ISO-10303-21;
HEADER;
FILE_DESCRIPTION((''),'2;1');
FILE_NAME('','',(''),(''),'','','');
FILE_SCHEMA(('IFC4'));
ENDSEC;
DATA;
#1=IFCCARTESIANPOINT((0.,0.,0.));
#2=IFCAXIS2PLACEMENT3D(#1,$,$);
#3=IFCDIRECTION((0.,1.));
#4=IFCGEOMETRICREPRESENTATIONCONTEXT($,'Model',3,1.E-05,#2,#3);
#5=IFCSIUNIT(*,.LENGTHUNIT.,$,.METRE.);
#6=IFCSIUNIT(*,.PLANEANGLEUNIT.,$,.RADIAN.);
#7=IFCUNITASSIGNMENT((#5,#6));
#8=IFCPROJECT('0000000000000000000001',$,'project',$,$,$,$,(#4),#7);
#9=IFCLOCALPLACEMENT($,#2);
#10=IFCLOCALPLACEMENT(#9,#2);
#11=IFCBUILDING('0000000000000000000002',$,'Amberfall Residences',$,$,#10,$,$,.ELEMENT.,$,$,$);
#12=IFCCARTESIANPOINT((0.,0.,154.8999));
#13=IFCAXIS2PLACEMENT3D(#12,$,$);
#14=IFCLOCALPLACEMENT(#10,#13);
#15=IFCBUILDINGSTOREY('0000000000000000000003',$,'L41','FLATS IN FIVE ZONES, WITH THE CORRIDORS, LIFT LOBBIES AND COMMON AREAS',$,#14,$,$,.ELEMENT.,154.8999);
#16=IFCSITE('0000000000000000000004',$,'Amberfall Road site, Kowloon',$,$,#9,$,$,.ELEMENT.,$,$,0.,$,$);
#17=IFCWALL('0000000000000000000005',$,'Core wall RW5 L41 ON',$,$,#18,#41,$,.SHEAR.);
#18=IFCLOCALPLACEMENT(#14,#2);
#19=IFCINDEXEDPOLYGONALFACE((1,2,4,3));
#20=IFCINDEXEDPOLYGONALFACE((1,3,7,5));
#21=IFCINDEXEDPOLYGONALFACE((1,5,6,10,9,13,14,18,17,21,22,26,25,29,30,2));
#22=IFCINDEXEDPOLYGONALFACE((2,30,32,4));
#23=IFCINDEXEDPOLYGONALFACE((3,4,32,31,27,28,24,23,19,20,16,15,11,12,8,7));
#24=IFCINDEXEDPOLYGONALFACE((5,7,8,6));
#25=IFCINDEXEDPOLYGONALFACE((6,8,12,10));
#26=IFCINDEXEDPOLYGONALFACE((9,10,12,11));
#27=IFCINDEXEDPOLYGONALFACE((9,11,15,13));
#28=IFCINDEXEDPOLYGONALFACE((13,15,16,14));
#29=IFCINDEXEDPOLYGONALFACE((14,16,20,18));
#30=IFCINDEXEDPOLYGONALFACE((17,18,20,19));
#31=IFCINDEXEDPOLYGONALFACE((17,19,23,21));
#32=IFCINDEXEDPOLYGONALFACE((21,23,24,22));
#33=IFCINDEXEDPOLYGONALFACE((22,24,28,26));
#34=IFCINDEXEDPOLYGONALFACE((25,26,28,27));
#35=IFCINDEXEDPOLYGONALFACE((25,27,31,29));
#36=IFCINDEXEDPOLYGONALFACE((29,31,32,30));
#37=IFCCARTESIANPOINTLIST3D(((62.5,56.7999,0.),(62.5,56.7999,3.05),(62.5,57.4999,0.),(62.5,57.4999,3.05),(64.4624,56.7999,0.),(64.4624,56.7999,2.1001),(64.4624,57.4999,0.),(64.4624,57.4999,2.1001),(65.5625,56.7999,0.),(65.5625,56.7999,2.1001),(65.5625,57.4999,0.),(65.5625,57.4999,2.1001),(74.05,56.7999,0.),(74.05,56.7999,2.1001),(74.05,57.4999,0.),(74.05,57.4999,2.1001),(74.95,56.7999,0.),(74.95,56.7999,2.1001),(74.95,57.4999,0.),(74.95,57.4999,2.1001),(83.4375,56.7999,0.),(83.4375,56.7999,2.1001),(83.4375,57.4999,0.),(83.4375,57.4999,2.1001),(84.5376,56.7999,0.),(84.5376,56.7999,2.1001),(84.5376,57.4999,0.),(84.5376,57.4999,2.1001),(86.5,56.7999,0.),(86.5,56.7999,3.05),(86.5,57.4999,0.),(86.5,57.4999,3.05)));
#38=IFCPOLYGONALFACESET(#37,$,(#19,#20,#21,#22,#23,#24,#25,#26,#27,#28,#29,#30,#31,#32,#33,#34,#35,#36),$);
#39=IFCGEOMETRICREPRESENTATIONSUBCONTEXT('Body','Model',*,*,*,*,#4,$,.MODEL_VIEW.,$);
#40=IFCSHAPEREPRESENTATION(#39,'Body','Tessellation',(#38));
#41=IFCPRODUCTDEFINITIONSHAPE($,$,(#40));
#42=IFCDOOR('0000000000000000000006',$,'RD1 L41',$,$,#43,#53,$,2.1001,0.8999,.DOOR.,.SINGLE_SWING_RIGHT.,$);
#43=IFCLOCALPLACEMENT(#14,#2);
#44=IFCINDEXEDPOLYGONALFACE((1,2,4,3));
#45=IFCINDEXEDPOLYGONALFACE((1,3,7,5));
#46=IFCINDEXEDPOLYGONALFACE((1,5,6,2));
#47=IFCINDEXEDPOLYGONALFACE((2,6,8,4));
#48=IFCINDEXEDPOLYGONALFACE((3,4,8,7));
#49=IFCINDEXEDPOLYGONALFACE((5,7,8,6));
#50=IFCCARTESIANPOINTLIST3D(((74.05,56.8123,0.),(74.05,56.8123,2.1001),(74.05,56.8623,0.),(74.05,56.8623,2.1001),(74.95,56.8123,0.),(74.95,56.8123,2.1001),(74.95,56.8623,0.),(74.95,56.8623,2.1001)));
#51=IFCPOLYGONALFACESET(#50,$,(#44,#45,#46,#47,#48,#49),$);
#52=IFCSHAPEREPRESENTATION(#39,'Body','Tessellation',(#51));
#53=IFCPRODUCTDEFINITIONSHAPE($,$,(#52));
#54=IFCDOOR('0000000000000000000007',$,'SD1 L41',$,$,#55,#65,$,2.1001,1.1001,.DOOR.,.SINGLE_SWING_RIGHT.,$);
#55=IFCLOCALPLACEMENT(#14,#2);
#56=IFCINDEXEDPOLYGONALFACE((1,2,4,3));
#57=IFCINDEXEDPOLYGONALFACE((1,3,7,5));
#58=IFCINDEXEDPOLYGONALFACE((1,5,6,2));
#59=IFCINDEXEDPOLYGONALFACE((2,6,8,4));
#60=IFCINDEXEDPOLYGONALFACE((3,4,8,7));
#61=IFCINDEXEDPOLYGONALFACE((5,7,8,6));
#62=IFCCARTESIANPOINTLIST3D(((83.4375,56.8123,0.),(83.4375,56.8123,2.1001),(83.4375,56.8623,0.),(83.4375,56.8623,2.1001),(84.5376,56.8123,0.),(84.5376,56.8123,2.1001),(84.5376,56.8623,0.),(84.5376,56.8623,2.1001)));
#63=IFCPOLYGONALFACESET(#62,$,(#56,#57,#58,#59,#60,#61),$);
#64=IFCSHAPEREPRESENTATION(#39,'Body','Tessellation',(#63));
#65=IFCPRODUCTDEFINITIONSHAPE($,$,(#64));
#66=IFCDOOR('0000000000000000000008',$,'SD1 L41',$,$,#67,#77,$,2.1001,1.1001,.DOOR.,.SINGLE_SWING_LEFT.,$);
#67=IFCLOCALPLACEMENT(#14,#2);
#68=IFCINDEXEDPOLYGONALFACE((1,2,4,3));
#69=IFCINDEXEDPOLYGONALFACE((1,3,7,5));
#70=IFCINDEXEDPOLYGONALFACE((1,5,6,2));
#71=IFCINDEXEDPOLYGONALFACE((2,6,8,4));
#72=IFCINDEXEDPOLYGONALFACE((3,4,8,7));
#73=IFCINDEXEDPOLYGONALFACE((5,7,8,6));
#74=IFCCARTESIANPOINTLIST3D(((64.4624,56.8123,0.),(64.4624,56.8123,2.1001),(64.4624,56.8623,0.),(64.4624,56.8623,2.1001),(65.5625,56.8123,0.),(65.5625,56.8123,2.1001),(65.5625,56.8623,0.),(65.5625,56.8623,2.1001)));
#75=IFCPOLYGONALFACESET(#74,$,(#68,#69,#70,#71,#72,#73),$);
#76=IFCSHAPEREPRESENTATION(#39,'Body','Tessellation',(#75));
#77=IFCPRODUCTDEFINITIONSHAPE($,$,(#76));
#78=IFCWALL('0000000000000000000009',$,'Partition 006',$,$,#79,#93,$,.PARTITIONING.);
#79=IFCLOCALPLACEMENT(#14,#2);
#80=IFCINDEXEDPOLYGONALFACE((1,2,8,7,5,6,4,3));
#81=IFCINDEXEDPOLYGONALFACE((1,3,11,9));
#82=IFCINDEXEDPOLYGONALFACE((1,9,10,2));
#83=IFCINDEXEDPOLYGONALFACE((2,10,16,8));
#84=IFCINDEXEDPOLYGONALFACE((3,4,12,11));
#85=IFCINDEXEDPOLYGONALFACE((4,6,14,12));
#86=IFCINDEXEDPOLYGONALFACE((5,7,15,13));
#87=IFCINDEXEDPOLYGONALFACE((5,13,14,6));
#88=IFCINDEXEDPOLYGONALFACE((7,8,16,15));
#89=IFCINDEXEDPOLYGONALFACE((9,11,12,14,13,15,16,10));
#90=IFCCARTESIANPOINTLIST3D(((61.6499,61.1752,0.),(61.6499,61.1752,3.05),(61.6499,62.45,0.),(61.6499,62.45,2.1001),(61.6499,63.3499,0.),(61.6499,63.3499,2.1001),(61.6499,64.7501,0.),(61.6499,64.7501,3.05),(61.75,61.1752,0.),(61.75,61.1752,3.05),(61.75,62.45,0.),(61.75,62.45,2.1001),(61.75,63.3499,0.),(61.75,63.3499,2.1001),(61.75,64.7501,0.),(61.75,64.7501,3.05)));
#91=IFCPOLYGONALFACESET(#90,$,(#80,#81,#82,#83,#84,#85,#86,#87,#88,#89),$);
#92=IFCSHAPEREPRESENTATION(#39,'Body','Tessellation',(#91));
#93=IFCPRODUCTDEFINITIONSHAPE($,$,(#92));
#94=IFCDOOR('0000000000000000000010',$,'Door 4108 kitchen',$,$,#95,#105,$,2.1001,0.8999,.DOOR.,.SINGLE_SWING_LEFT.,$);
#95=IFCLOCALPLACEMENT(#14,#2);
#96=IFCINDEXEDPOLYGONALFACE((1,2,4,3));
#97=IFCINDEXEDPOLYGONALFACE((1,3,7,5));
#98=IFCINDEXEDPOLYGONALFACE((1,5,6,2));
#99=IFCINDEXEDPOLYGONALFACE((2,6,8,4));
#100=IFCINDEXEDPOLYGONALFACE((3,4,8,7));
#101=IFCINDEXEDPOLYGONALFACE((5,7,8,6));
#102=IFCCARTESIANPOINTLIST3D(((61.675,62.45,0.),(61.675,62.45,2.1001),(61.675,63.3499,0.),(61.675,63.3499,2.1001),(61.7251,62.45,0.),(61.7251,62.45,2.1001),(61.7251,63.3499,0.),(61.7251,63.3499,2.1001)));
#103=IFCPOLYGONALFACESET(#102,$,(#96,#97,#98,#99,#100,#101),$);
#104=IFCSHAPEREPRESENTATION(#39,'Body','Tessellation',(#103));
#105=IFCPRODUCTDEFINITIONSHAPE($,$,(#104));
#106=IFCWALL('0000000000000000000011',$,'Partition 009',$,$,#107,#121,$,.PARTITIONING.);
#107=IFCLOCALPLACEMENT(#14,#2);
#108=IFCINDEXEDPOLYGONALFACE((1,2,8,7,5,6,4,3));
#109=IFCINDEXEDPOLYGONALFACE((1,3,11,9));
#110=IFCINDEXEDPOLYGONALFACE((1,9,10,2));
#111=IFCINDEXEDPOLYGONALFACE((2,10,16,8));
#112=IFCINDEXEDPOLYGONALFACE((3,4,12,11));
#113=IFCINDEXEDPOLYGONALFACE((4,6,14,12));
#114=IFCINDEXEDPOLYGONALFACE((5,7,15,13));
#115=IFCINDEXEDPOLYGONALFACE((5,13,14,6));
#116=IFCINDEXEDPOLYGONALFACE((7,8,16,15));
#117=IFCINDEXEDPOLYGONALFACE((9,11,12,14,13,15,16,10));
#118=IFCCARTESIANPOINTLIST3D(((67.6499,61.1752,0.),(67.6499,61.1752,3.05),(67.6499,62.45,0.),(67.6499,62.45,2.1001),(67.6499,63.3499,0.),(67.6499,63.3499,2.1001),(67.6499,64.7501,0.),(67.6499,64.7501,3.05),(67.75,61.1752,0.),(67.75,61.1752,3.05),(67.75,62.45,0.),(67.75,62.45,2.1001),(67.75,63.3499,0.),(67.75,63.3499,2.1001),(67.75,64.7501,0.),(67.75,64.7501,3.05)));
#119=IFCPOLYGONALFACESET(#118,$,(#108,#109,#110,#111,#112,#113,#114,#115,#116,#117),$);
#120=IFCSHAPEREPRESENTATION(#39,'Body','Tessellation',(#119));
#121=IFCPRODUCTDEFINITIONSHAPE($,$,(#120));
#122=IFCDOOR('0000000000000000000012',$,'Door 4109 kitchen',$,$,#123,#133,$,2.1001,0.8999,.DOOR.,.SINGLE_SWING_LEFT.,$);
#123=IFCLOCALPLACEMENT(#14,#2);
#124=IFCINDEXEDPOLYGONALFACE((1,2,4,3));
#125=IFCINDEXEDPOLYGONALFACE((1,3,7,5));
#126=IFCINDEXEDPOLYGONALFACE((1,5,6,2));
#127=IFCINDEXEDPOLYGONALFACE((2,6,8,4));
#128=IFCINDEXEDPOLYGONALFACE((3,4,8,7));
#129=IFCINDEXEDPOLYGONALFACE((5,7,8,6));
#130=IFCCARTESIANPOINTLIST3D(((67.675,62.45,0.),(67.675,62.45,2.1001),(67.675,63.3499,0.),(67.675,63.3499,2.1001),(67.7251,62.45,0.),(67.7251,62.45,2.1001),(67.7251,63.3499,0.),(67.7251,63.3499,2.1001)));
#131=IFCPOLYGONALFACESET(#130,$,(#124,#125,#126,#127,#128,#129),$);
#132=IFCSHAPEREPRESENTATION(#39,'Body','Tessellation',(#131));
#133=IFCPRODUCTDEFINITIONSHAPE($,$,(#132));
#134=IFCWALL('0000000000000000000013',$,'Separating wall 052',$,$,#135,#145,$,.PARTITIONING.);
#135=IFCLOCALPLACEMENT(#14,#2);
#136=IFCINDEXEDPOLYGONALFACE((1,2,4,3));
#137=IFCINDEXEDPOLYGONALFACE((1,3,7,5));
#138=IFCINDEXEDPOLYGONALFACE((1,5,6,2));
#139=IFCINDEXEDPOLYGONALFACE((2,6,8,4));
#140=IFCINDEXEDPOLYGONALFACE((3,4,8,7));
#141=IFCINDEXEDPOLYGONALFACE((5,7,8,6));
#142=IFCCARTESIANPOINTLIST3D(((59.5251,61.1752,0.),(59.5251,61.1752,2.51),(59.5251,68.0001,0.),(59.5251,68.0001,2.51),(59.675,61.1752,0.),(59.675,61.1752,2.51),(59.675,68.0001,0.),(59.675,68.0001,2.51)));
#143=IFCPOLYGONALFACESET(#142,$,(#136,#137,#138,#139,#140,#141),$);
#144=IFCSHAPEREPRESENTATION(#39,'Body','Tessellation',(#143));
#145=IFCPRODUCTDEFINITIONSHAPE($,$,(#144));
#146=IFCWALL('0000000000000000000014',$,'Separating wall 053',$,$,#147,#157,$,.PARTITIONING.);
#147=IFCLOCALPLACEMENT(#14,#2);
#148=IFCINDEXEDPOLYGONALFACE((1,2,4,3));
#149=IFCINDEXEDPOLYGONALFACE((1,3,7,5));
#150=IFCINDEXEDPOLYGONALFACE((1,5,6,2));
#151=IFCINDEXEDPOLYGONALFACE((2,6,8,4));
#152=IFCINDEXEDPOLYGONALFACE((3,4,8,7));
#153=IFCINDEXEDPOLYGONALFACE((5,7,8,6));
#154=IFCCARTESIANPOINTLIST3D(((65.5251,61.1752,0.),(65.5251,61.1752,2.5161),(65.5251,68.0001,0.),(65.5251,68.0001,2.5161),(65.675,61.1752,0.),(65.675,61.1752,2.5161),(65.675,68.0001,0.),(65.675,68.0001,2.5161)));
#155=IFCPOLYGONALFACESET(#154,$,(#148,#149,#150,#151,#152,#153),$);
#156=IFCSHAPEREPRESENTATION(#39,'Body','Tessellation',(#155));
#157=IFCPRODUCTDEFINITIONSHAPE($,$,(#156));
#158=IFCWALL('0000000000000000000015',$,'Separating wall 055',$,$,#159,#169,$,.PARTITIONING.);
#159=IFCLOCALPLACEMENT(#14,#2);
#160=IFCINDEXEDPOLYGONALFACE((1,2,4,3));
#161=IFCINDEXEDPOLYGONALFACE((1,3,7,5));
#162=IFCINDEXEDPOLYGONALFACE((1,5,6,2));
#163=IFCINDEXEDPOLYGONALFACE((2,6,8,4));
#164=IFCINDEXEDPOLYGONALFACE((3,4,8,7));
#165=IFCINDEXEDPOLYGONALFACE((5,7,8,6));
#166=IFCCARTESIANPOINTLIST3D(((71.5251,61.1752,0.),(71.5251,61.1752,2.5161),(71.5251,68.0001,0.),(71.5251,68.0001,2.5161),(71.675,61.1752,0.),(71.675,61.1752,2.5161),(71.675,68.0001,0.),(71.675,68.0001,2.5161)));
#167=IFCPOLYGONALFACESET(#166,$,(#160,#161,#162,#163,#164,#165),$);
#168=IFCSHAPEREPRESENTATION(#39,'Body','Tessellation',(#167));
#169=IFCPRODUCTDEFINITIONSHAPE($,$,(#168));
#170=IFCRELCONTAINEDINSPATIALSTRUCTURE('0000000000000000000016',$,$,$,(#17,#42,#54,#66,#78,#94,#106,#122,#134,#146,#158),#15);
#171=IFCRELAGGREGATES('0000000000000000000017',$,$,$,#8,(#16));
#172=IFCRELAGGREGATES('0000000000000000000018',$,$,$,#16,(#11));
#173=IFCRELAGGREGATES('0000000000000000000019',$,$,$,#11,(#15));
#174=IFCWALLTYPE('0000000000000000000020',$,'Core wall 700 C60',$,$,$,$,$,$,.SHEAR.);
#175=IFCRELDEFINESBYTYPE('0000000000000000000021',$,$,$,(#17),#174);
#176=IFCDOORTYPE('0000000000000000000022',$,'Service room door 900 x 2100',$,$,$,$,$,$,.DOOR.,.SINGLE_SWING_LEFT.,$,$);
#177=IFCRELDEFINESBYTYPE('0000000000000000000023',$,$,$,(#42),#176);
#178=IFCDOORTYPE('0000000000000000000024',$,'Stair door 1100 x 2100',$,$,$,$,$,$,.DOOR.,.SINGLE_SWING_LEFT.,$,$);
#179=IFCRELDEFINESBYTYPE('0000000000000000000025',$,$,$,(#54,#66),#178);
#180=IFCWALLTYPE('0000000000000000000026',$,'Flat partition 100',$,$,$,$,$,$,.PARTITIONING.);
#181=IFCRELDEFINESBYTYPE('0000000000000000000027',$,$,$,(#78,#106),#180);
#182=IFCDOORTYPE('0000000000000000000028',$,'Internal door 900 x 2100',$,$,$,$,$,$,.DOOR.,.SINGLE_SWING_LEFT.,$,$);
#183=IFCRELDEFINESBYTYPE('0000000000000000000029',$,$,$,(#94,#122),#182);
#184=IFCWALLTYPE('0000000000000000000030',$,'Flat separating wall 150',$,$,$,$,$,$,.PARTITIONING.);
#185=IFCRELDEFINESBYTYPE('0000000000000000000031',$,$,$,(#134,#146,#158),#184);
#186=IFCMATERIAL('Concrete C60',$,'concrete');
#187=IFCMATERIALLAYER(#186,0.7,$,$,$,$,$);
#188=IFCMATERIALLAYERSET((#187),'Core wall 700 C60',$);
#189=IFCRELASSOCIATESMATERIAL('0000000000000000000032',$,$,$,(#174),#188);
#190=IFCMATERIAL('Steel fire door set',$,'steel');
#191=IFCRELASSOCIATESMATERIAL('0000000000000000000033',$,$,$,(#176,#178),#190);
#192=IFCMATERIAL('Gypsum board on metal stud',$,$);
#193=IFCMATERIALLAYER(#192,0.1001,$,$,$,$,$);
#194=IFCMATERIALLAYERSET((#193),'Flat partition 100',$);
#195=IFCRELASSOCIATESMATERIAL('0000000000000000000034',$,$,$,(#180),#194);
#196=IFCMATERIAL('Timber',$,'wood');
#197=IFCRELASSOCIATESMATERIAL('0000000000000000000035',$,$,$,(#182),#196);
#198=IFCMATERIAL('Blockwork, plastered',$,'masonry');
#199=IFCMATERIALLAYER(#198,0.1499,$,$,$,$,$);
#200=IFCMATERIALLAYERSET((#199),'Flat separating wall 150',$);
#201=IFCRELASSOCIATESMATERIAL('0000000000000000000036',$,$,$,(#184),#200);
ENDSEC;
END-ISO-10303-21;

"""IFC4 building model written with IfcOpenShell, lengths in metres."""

from ifc_helpers import new_model, si_unit, direction, frame, frame_2d, origin, place, context, subcontext, project, spatial, rectangle, extrude, material, layer, layer_set, type_object, element, fill, save


model = new_model("IFC4")

# Units and contexts
model_context = context("Model", 3, precision=1e-05, world=origin(), true_north=direction((0.0, 1.0)))
body_context = subcontext(model_context, "Body", "Model", "MODEL_VIEW")
ifc_project = project(units=[si_unit("LENGTHUNIT", "METRE"), si_unit("PLANEANGLEUNIT", "RADIAN")], contexts=[model_context])

# Site, building, storey
site_placement = place(None, origin())
site = spatial("IfcSite", under=ifc_project, at=site_placement, Name="Amberfall Road site, Kowloon", CompositionType="ELEMENT", RefElevation=0.0)
building_placement = place(site_placement, origin())
building = spatial("IfcBuilding", under=site, at=building_placement, Name="Amberfall Residences", CompositionType="ELEMENT")
storey_placement = place(building_placement, frame((0.0, 0.0, 154.8999)))
storey = spatial("IfcBuildingStorey", under=building, at=storey_placement, Name="L41", Description="FLATS IN FIVE ZONES, WITH THE CORRIDORS, LIFT LOBBIES AND COMMON AREAS", CompositionType="ELEMENT", Elevation=154.8999)

# Wall, openings, doors
ifc_material_1 = material(Name="Concrete C60", Category="concrete")
ifc_layer_1 = layer(ifc_material_1, 0.7)
ifc_layer_set_1 = layer_set([ifc_layer_1], Name="Core wall 700 C60")
wall_type_1 = type_object("IfcWallType", Name="Core wall 700 C60", PredefinedType="SHEAR", material=ifc_layer_set_1)
wall_1_placement = place(storey_placement, frame((62.5, 57.1499, 0.0), z_axis=(0.0, 0.0, 1.0), x_axis=(1.0, 0.0, 0.0)))
wall_1 = element("IfcWall", 1, at=wall_1_placement, inside=storey, type_object=wall_type_1, Name="Core wall RW5 L41 ON", PredefinedType="SHEAR", context=body_context, shape_type="SweptSolid", body=[
    extrude(rectangle(XDim=24.0, YDim=0.7, at=frame_2d((12.0, 0.0))), origin(), (0.0, 0.0, 1.0), 3.05),
])
opening_1_placement = place(wall_1_placement, frame((20.9375, 0.0, 0.0)))
opening_1 = element("IfcOpeningElement", 2, at=opening_1_placement, cuts=wall_1, PredefinedType="OPENING", context=body_context, shape_type="SweptSolid", body=[
    extrude(rectangle(XDim=1.1001, YDim=2.1001, at=frame_2d((0.55, 1.05))), frame((0.0, 0.3599, 0.0), z_axis=(0.0, -1.0, 0.0), x_axis=(1.0, 0.0, 0.0)), (0.0, 0.0, 1.0), 0.72),
])
opening_2_placement = place(wall_1_placement, frame((1.9624, 0.0, 0.0)))
opening_2 = element("IfcOpeningElement", 3, at=opening_2_placement, cuts=wall_1, PredefinedType="OPENING", context=body_context, shape_type="SweptSolid", body=[
    extrude(rectangle(XDim=1.1001, YDim=2.1001, at=frame_2d((0.55, 1.05))), frame((0.0, 0.3599, 0.0), z_axis=(0.0, -1.0, 0.0), x_axis=(1.0, 0.0, 0.0)), (0.0, 0.0, 1.0), 0.72),
])
opening_3_placement = place(wall_1_placement, frame((11.55, 0.0, 0.0)))
opening_3 = element("IfcOpeningElement", 4, at=opening_3_placement, cuts=wall_1, PredefinedType="OPENING", context=body_context, shape_type="SweptSolid", body=[
    extrude(rectangle(XDim=0.8999, YDim=2.1001, at=frame_2d((0.45, 1.05))), frame((0.0, 0.3599, 0.0), z_axis=(0.0, -1.0, 0.0), x_axis=(1.0, 0.0, 0.0)), (0.0, 0.0, 1.0), 0.72),
])
ifc_material_2 = material(Name="Steel fire door set", Category="steel")
door_type_1 = type_object("IfcDoorType", Name="Service room door 900 x 2100", OperationType="SINGLE_SWING_LEFT", PredefinedType="DOOR", material=ifc_material_2)
door_1_placement = place(opening_3_placement, origin())
door_1 = element("IfcDoor", 5, at=door_1_placement, inside=storey, type_object=door_type_1, Name="RD1 L41", OperationType="SINGLE_SWING_RIGHT", OverallHeight=2.1001, OverallWidth=0.8999, PredefinedType="DOOR", context=body_context, shape_type="SweptSolid", body=[
    extrude(rectangle(XDim=0.8999, YDim=2.1001, at=frame_2d((0.45, 1.05))), frame((0.0, -0.2876, 0.0), z_axis=(0.0, -1.0, 0.0), x_axis=(1.0, 0.0, 0.0)), (0.0, 0.0, 1.0), 0.05),
])
fill(opening_3, door_1)
door_type_2 = type_object("IfcDoorType", Name="Stair door 1100 x 2100", OperationType="SINGLE_SWING_LEFT", PredefinedType="DOOR", material=ifc_material_2)
door_2_placement = place(opening_1_placement, origin())
door_2 = element("IfcDoor", 6, at=door_2_placement, inside=storey, type_object=door_type_2, Name="SD1 L41", OperationType="SINGLE_SWING_RIGHT", OverallHeight=2.1001, OverallWidth=1.1001, PredefinedType="DOOR", context=body_context, shape_type="SweptSolid", body=[
    extrude(rectangle(XDim=1.1001, YDim=2.1001, at=frame_2d((0.55, 1.05))), frame((0.0, -0.2876, 0.0), z_axis=(0.0, -1.0, 0.0), x_axis=(1.0, 0.0, 0.0)), (0.0, 0.0, 1.0), 0.05),
])
fill(opening_1, door_2)
door_3_placement = place(opening_2_placement, origin())
door_3 = element("IfcDoor", 7, at=door_3_placement, inside=storey, type_object=door_type_2, Name="SD1 L41", OperationType="SINGLE_SWING_LEFT", OverallHeight=2.1001, OverallWidth=1.1001, PredefinedType="DOOR", context=body_context, shape_type="SweptSolid", body=[
    extrude(rectangle(XDim=1.1001, YDim=2.1001, at=frame_2d((0.55, 1.05))), frame((0.0, -0.2876, 0.0), z_axis=(0.0, -1.0, 0.0), x_axis=(1.0, 0.0, 0.0)), (0.0, 0.0, 1.0), 0.05),
])
fill(opening_2, door_3)

# Walls, openings, doors
ifc_material_3 = material(Name="Gypsum board on metal stud")
ifc_layer_2 = layer(ifc_material_3, 0.1001)
ifc_layer_set_2 = layer_set([ifc_layer_2], Name="Flat partition 100")
wall_type_2 = type_object("IfcWallType", Name="Flat partition 100", PredefinedType="PARTITIONING", material=ifc_layer_set_2)
wall_2_placement = place(storey_placement, frame((61.7, 61.175, 0.0), z_axis=(0.0, 0.0, 1.0), x_axis=(0.0, 1.0, 0.0)))
wall_2 = element("IfcWall", 8, at=wall_2_placement, inside=storey, type_object=wall_type_2, Name="Partition 006", PredefinedType="PARTITIONING", context=body_context, shape_type="SweptSolid", body=[
    extrude(rectangle(XDim=3.575, YDim=0.1001, at=frame_2d((1.7876, 0.0))), origin(), (0.0, 0.0, 1.0), 3.05),
])
opening_4_placement = place(wall_2_placement, frame((1.2749, 0.0, 0.0)))
opening_4 = element("IfcOpeningElement", 9, at=opening_4_placement, cuts=wall_2, PredefinedType="OPENING", context=body_context, shape_type="SweptSolid", body=[
    extrude(rectangle(XDim=0.8999, YDim=2.1001, at=frame_2d((0.45, 1.05))), frame((0.0, 0.0601, 0.0), z_axis=(0.0, -1.0, 0.0), x_axis=(1.0, 0.0, 0.0)), (0.0, 0.0, 1.0), 0.1201),
])
ifc_material_4 = material(Name="Timber", Category="wood")
door_type_3 = type_object("IfcDoorType", Name="Internal door 900 x 2100", OperationType="SINGLE_SWING_LEFT", PredefinedType="DOOR", material=ifc_material_4)
door_4_placement = place(opening_4_placement, origin())
door_4 = element("IfcDoor", 10, at=door_4_placement, inside=storey, type_object=door_type_3, Name="Door 4108 kitchen", OperationType="SINGLE_SWING_LEFT", OverallHeight=2.1001, OverallWidth=0.8999, PredefinedType="DOOR", context=body_context, shape_type="SweptSolid", body=[
    extrude(rectangle(XDim=0.8999, YDim=2.1001, at=frame_2d((0.45, 1.05))), frame((0.0, 0.0249, 0.0), z_axis=(0.0, -1.0, 0.0), x_axis=(1.0, 0.0, 0.0)), (0.0, 0.0, 1.0), 0.05),
])
fill(opening_4, door_4)
wall_3_placement = place(storey_placement, frame((67.7, 61.175, 0.0), z_axis=(0.0, 0.0, 1.0), x_axis=(0.0, 1.0, 0.0)))
wall_3 = element("IfcWall", 11, at=wall_3_placement, inside=storey, type_object=wall_type_2, Name="Partition 009", PredefinedType="PARTITIONING", context=body_context, shape_type="SweptSolid", body=[
    extrude(rectangle(XDim=3.575, YDim=0.1001, at=frame_2d((1.7876, 0.0))), origin(), (0.0, 0.0, 1.0), 3.05),
])
opening_5_placement = place(wall_3_placement, frame((1.2749, 0.0, 0.0)))
opening_5 = element("IfcOpeningElement", 12, at=opening_5_placement, cuts=wall_3, PredefinedType="OPENING", context=body_context, shape_type="SweptSolid", body=[
    extrude(rectangle(XDim=0.8999, YDim=2.1001, at=frame_2d((0.45, 1.05))), frame((0.0, 0.0601, 0.0), z_axis=(0.0, -1.0, 0.0), x_axis=(1.0, 0.0, 0.0)), (0.0, 0.0, 1.0), 0.1201),
])
door_5_placement = place(opening_5_placement, origin())
door_5 = element("IfcDoor", 13, at=door_5_placement, inside=storey, type_object=door_type_3, Name="Door 4109 kitchen", OperationType="SINGLE_SWING_LEFT", OverallHeight=2.1001, OverallWidth=0.8999, PredefinedType="DOOR", context=body_context, shape_type="SweptSolid", body=[
    extrude(rectangle(XDim=0.8999, YDim=2.1001, at=frame_2d((0.45, 1.05))), frame((0.0, 0.0249, 0.0), z_axis=(0.0, -1.0, 0.0), x_axis=(1.0, 0.0, 0.0)), (0.0, 0.0, 1.0), 0.05),
])
fill(opening_5, door_5)

# Walls
ifc_material_5 = material(Name="Blockwork, plastered", Category="masonry")
ifc_layer_3 = layer(ifc_material_5, 0.1499)
ifc_layer_set_3 = layer_set([ifc_layer_3], Name="Flat separating wall 150")
wall_type_3 = type_object("IfcWallType", Name="Flat separating wall 150", PredefinedType="PARTITIONING", material=ifc_layer_set_3)
wall_4_placement = place(storey_placement, frame((59.6001, 61.175, 0.0), z_axis=(0.0, 0.0, 1.0), x_axis=(0.0, 1.0, 0.0)))
element("IfcWall", 14, at=wall_4_placement, inside=storey, type_object=wall_type_3, Name="Separating wall 052", PredefinedType="PARTITIONING", context=body_context, shape_type="SweptSolid", body=[
    extrude(rectangle(XDim=6.825, YDim=0.1499, at=frame_2d((3.4126, 0.0))), origin(), (0.0, 0.0, 1.0), 2.51),
])
for number, where, z_axis, x_axis, name in (
    (15, (65.6001, 61.175, 0.0), (0.0, 0.0, 1.0), (0.0, 1.0, 0.0), "Separating wall 053"),
    (16, (71.6001, 61.175, 0.0), (0.0, 0.0, 1.0), (0.0, 1.0, 0.0), "Separating wall 055"),
):
    element("IfcWall", number, at=place(storey_placement, frame(where, z_axis=z_axis, x_axis=x_axis)), inside=storey, type_object=wall_type_3, Name=name, PredefinedType="PARTITIONING", context=body_context, shape_type="SweptSolid", body=[
        extrude(rectangle(XDim=6.825, YDim=0.1499, at=frame_2d((3.4126, 0.0))), origin(), (0.0, 0.0, 1.0), 2.5161),
    ])

save(model, "model.ifc")
